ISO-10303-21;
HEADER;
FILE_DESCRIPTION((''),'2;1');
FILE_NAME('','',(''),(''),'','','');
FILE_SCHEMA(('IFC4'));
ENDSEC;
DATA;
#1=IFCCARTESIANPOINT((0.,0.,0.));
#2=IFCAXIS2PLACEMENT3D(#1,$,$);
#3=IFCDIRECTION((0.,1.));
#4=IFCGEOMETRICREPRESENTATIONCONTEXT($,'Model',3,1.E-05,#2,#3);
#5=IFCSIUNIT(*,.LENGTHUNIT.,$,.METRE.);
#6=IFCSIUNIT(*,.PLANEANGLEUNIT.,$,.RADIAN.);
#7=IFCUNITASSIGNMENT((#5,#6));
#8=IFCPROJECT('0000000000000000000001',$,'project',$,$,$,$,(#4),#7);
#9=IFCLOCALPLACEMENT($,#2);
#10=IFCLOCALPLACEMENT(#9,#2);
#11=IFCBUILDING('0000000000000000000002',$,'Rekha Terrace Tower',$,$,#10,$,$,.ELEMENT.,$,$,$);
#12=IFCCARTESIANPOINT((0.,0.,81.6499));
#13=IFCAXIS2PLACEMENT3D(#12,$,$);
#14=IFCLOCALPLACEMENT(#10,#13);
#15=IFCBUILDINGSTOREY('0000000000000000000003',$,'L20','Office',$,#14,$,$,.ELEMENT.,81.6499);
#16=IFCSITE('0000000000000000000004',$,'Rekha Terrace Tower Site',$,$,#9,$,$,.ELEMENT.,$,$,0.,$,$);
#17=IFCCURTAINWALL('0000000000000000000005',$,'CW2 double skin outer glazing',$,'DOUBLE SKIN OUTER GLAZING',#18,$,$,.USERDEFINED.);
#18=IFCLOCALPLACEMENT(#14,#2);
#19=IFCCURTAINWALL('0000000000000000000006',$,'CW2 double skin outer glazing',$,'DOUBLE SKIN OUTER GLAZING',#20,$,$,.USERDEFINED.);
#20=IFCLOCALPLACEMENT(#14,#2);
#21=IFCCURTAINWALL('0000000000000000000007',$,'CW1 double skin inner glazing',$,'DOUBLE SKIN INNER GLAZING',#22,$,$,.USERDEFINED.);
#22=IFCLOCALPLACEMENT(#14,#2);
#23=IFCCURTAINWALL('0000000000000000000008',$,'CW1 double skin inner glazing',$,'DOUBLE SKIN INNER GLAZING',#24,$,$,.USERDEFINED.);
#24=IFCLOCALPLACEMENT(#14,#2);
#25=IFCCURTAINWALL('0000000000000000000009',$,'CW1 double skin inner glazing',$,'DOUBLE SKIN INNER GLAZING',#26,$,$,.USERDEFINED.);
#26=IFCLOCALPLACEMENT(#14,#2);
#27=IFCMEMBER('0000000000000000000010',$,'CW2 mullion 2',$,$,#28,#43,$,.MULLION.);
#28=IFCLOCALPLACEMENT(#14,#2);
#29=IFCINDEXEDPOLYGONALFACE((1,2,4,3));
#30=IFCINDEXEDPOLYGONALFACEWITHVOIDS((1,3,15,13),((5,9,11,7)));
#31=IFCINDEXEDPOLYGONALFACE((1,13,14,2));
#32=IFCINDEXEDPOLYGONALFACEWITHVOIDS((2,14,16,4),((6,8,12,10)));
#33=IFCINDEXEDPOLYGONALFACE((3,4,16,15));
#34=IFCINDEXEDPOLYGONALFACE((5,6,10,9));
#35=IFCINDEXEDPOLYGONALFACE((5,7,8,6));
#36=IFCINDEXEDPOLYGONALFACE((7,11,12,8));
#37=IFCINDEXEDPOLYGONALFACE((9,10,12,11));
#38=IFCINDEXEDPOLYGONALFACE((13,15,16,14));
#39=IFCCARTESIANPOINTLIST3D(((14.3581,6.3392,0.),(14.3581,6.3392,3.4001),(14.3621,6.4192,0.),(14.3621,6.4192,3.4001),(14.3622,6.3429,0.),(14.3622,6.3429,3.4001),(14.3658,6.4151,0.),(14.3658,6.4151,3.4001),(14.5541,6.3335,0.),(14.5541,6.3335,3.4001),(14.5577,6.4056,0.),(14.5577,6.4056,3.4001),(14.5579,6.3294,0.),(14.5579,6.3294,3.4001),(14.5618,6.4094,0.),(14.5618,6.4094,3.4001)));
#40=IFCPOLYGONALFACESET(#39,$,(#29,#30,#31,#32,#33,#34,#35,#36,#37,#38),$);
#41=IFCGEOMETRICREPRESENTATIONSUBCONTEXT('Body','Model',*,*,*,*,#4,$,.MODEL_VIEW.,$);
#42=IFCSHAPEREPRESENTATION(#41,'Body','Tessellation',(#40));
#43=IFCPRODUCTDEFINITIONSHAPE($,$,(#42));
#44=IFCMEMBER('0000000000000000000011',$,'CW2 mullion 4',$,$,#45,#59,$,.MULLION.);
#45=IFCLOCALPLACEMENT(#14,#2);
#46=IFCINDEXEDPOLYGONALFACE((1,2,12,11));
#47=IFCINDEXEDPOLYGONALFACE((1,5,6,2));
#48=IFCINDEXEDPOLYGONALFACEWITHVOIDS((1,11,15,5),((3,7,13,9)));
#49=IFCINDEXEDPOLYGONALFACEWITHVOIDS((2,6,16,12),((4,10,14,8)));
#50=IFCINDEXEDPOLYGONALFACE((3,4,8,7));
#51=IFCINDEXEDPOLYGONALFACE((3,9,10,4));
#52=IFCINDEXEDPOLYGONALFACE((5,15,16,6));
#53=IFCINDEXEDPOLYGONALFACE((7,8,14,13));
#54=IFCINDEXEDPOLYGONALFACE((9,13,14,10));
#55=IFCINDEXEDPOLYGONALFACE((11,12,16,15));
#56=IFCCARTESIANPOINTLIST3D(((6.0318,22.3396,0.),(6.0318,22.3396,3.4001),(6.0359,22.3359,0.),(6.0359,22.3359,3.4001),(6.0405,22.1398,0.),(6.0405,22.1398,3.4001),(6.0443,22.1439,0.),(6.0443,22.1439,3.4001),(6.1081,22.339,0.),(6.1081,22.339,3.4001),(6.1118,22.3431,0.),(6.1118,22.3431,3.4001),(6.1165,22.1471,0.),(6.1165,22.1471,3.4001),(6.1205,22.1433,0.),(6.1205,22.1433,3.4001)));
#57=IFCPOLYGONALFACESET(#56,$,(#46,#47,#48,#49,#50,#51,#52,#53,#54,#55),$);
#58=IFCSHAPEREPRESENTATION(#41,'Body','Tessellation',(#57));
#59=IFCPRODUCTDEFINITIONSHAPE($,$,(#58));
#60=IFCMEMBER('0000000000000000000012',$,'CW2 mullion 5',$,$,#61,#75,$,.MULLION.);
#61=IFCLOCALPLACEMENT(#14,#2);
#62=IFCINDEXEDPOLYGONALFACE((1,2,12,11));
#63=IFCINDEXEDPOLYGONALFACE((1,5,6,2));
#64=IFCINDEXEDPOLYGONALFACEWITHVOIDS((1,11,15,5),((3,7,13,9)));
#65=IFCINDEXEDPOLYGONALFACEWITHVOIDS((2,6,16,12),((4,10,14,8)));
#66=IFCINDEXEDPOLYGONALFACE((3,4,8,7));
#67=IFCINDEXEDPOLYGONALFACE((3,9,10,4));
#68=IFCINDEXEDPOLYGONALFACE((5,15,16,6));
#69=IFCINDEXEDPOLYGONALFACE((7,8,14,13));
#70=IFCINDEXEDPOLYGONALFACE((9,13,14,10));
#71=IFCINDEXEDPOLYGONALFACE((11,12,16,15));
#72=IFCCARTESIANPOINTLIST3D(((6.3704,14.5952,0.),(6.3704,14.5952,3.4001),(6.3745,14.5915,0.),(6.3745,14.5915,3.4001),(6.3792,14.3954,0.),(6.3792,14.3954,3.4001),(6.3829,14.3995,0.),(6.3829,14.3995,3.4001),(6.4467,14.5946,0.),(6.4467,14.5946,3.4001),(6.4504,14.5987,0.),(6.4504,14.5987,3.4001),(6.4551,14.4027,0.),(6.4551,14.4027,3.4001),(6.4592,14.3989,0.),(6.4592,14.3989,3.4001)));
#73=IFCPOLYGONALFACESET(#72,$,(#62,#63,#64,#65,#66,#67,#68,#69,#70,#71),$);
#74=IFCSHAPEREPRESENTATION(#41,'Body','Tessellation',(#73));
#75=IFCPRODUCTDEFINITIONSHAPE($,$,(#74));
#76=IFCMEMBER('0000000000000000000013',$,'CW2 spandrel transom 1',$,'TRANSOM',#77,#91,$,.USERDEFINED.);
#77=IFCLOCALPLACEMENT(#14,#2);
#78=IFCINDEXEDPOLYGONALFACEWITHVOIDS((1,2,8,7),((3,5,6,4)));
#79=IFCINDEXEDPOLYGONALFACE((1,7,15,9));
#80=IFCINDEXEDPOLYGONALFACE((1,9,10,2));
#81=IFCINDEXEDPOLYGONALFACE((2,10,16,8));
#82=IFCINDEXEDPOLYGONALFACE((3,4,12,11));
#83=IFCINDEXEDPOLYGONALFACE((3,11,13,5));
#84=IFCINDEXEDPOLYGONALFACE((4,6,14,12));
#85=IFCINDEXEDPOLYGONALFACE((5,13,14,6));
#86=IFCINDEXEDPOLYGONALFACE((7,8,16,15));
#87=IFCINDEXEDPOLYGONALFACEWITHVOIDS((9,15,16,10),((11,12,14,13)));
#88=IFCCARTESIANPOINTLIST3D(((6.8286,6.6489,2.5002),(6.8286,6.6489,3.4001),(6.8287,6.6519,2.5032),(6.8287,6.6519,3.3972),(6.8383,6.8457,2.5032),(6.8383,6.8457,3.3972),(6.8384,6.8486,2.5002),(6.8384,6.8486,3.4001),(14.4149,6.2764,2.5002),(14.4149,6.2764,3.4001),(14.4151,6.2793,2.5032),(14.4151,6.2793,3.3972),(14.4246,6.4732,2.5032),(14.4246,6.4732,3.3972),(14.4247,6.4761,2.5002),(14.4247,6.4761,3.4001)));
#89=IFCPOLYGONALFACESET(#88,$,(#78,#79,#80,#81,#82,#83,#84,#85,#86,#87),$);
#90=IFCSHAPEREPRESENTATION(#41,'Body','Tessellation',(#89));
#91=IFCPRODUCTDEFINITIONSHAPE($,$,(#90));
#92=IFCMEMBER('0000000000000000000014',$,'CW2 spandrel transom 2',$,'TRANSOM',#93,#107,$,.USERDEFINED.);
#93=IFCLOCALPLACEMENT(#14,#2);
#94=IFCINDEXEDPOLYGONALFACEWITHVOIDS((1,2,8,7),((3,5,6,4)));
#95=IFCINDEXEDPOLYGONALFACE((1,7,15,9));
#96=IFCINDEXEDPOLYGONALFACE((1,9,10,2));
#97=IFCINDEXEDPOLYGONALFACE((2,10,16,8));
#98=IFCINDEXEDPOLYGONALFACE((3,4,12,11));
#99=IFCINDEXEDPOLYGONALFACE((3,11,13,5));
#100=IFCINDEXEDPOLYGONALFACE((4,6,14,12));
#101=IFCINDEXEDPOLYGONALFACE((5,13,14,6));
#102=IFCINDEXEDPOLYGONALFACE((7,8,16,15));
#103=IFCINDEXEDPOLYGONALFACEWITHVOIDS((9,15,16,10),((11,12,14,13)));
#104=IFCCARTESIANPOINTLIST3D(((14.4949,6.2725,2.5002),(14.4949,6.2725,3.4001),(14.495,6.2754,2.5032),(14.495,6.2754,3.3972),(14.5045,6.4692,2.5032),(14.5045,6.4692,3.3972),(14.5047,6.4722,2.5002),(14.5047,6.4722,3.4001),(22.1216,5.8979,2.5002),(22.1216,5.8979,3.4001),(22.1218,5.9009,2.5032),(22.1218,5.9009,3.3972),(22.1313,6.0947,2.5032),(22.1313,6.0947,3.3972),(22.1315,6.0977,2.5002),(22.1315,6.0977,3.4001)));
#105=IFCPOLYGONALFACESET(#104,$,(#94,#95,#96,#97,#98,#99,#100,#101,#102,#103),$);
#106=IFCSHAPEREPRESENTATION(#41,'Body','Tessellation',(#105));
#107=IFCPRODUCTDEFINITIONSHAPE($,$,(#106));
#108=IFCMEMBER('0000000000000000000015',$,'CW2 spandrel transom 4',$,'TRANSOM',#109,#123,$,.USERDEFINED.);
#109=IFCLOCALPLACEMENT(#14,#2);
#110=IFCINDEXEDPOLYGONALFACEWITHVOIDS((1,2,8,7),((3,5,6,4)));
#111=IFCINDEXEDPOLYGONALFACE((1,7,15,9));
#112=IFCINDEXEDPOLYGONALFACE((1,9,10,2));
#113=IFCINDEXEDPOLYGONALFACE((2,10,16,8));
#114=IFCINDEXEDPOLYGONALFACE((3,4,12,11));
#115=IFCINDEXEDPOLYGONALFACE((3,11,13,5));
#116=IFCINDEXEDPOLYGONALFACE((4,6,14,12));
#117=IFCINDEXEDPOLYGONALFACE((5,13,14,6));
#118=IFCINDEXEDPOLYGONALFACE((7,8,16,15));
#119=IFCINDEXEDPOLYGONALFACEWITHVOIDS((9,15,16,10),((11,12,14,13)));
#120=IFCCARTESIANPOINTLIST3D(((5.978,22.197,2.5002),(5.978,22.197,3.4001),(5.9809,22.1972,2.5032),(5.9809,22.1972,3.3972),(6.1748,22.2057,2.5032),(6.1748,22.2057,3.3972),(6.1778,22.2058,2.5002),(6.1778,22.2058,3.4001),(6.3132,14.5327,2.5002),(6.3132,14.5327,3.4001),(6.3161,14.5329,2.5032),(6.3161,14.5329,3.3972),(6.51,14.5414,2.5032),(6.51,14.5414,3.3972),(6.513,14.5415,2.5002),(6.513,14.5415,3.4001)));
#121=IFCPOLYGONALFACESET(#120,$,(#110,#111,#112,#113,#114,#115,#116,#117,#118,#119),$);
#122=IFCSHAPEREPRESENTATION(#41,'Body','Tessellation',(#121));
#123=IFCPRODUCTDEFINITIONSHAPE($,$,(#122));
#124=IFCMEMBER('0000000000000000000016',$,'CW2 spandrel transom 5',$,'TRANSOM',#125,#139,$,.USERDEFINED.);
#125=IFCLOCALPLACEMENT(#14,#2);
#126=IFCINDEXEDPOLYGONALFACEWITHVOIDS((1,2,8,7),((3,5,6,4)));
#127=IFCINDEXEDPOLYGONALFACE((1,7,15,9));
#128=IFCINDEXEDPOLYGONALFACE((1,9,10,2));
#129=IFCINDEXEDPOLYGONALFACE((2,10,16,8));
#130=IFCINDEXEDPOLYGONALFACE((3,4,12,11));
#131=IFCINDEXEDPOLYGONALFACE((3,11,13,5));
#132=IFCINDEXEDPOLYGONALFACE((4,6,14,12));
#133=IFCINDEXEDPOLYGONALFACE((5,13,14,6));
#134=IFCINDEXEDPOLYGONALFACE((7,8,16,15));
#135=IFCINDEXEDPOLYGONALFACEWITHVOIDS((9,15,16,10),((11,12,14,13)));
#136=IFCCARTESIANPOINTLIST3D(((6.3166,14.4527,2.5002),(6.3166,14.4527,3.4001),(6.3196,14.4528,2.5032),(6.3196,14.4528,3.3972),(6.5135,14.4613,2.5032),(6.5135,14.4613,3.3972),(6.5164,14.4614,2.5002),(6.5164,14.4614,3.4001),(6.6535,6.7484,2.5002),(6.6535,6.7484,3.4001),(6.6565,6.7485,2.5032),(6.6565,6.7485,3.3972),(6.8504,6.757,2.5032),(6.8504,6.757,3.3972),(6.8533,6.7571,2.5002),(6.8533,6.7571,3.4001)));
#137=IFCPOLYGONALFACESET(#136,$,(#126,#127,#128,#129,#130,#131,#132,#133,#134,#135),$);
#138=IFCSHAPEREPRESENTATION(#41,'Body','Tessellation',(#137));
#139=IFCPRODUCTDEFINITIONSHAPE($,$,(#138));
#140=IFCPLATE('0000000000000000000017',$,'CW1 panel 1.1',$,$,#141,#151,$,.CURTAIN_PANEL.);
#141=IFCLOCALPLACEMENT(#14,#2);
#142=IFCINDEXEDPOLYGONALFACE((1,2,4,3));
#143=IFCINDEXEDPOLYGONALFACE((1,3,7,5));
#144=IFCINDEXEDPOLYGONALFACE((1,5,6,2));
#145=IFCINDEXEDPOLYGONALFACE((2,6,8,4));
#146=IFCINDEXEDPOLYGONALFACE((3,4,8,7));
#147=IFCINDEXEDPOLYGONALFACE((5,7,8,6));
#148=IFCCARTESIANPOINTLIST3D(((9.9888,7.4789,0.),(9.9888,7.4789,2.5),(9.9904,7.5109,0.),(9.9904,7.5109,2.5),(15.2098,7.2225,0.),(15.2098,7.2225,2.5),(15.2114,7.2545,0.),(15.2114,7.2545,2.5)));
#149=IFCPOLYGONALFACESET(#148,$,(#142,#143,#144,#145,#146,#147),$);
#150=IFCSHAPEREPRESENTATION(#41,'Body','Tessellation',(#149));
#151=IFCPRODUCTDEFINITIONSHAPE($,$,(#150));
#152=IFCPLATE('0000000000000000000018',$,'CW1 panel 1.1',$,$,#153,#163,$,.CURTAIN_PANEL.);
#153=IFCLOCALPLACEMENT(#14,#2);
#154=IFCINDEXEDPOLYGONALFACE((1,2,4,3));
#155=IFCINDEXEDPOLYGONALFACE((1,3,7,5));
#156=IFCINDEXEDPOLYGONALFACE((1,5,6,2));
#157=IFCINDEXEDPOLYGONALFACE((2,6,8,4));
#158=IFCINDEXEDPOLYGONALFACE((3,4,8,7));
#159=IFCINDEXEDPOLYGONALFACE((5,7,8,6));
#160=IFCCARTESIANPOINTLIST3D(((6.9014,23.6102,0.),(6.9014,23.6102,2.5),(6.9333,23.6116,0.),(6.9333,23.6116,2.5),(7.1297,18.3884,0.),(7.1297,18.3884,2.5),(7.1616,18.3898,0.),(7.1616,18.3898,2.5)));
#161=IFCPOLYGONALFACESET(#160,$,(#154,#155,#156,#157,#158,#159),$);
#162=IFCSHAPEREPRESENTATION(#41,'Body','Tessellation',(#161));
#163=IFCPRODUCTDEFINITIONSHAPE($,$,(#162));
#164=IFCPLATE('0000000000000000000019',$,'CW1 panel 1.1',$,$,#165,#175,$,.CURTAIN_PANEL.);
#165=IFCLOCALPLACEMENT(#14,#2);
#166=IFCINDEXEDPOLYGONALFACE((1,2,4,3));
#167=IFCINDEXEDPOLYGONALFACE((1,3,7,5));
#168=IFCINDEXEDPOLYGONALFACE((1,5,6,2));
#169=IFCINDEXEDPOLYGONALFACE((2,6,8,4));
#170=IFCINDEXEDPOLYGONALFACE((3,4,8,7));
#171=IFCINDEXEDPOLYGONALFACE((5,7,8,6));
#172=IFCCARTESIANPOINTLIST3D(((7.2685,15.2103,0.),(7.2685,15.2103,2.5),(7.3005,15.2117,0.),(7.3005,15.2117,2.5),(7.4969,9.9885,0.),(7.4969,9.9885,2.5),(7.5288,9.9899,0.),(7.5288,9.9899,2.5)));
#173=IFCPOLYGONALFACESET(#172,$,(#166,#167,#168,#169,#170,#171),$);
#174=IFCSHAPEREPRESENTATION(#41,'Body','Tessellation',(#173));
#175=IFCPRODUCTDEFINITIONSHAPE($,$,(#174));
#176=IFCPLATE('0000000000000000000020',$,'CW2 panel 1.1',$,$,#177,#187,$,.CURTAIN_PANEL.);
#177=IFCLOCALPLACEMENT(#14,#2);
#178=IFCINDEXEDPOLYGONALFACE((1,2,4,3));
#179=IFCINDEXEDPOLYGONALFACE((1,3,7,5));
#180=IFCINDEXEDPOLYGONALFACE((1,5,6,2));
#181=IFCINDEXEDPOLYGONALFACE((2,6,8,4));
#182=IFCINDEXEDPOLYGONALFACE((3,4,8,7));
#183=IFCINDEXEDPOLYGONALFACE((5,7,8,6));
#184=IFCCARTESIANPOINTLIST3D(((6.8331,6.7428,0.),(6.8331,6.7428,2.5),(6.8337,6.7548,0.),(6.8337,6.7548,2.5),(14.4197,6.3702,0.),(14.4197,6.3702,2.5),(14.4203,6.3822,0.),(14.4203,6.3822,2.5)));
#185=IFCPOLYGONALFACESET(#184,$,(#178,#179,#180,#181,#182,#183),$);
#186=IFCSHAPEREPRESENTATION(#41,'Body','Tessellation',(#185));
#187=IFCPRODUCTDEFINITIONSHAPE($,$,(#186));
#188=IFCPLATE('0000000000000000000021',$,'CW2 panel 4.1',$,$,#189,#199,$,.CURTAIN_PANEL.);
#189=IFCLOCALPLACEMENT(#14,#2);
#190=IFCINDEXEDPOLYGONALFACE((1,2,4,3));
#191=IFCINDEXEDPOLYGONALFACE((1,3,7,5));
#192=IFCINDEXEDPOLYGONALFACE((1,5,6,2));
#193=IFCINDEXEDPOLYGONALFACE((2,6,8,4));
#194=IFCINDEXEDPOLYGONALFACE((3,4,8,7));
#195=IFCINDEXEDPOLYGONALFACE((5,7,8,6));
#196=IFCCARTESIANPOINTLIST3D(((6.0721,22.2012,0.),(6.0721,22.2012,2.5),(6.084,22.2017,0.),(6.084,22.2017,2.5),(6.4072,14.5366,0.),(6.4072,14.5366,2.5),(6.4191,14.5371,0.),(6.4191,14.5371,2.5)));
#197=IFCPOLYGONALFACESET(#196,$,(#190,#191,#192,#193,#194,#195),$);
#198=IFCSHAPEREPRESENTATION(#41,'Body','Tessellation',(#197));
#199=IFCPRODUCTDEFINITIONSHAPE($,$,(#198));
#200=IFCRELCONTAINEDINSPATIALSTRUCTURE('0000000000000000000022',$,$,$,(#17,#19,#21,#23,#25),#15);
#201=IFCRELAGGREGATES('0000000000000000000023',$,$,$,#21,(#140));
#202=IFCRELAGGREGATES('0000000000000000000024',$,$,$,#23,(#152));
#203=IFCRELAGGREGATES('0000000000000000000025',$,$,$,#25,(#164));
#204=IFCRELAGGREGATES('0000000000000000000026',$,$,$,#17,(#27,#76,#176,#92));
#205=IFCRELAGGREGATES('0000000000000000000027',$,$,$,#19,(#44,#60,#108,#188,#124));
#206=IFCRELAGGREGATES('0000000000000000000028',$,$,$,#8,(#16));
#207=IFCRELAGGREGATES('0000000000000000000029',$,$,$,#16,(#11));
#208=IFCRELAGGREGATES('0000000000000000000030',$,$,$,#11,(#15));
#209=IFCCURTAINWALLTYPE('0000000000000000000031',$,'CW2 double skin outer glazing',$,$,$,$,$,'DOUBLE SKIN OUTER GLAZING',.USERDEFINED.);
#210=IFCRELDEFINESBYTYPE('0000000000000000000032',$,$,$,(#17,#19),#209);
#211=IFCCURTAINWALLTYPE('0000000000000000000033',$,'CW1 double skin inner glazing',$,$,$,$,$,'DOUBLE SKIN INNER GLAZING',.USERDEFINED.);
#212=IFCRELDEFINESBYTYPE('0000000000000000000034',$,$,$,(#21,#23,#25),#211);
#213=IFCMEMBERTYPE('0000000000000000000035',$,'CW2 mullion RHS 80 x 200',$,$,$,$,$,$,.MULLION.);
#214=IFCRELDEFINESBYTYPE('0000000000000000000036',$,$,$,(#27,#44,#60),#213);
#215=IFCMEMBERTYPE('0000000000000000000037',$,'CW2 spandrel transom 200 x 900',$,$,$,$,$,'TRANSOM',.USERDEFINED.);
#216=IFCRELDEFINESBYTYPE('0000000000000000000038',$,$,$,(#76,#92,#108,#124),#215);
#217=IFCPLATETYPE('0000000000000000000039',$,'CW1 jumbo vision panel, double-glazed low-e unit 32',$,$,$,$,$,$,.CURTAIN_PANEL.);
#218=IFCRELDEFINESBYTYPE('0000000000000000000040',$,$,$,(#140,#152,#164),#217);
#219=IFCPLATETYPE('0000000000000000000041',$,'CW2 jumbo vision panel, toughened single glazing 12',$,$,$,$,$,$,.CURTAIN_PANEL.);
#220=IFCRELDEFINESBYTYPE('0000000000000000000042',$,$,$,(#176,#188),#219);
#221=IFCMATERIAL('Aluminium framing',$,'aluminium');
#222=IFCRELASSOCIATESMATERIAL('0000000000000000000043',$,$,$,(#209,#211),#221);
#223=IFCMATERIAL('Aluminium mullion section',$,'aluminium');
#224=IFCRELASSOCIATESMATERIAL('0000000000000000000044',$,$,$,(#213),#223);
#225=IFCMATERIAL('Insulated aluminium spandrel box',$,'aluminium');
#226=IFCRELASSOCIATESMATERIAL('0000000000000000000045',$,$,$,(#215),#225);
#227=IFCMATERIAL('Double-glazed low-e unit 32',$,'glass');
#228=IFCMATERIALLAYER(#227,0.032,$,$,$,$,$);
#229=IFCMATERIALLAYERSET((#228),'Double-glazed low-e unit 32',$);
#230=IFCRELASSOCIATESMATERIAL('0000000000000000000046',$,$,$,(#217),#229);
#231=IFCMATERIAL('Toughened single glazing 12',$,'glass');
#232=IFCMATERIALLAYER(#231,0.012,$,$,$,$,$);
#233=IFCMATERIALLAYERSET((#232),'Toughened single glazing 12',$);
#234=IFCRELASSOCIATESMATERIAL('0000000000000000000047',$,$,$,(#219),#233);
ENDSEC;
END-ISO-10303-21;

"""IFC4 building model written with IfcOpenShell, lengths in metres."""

from ifc_helpers import new_model, si_unit, direction, frame, origin, origin_2d, place, context, subcontext, project, spatial, rectangle, hollow_rectangle, extrude, material, layer, layer_set, material_profile, profile_set, type_object, element, aggregate, save


model = new_model("IFC4")

# Units and contexts
model_context = context("Model", 3, precision=1e-05, world=origin(), true_north=direction((0.0, 1.0)))
body_context = subcontext(model_context, "Body", "Model", "MODEL_VIEW")
ifc_project = project(units=[si_unit("LENGTHUNIT", "METRE"), si_unit("PLANEANGLEUNIT", "RADIAN")], contexts=[model_context])

# Site, building, storey
site_placement = place(None, origin())
site = spatial("IfcSite", under=ifc_project, at=site_placement, Name="Rekha Terrace Tower Site", CompositionType="ELEMENT", RefElevation=0.0)
building_placement = place(site_placement, origin())
building = spatial("IfcBuilding", under=site, at=building_placement, Name="Rekha Terrace Tower", CompositionType="ELEMENT")
storey_placement = place(building_placement, frame((0.0, 0.0, 81.6499)))
storey = spatial("IfcBuildingStorey", under=building, at=storey_placement, Name="L20", Description="Office", CompositionType="ELEMENT", Elevation=81.6499)

# Curtain walls
ifc_material_1 = material(Name="Aluminium framing", Category="aluminium")
curtain_wall_type_1 = type_object("IfcCurtainWallType", Name="CW2 double skin outer glazing", ElementType="DOUBLE SKIN OUTER GLAZING", PredefinedType="USERDEFINED", material=ifc_material_1)
curtain_wall_1_placement = place(storey_placement, origin())
curtain_wall_1 = element("IfcCurtainWall", 1, at=curtain_wall_1_placement, inside=storey, type_object=curtain_wall_type_1, Name="CW2 double skin outer glazing", ObjectType="DOUBLE SKIN OUTER GLAZING", PredefinedType="USERDEFINED")
curtain_wall_2_placement = place(storey_placement, origin())
curtain_wall_2 = element("IfcCurtainWall", 2, at=curtain_wall_2_placement, inside=storey, type_object=curtain_wall_type_1, Name="CW2 double skin outer glazing", ObjectType="DOUBLE SKIN OUTER GLAZING", PredefinedType="USERDEFINED")
curtain_wall_type_2 = type_object("IfcCurtainWallType", Name="CW1 double skin inner glazing", ElementType="DOUBLE SKIN INNER GLAZING", PredefinedType="USERDEFINED", material=ifc_material_1)
curtain_wall_3_placement = place(storey_placement, origin())
curtain_wall_3 = element("IfcCurtainWall", 3, at=curtain_wall_3_placement, inside=storey, type_object=curtain_wall_type_2, Name="CW1 double skin inner glazing", ObjectType="DOUBLE SKIN INNER GLAZING", PredefinedType="USERDEFINED")
ifc_material_2 = material(Name="Aluminium mullion section", Category="aluminium")
curtain_wall_4_placement = place(storey_placement, origin())
curtain_wall_4 = element("IfcCurtainWall", 4, at=curtain_wall_4_placement, inside=storey, type_object=curtain_wall_type_2, Name="CW1 double skin inner glazing", ObjectType="DOUBLE SKIN INNER GLAZING", PredefinedType="USERDEFINED")

# Curtain wall
curtain_wall_5_placement = place(storey_placement, origin())
curtain_wall_5 = element("IfcCurtainWall", 5, at=curtain_wall_5_placement, inside=storey, type_object=curtain_wall_type_2, Name="CW1 double skin inner glazing", ObjectType="DOUBLE SKIN INNER GLAZING", PredefinedType="USERDEFINED")

# Members
ifc_material_3 = material(Name="Insulated aluminium spandrel box", Category="aluminium")
ifc_material_profile_1 = material_profile(ifc_material_2, hollow_rectangle(XDim=0.0801, YDim=0.2, WallThickness=0.0039, at=origin_2d()), Name="AL RHS 80x200")
ifc_profile_set_1 = profile_set([ifc_material_profile_1], Name="Aluminium mullion section")
member_type_1 = type_object("IfcMemberType", Name="CW2 mullion RHS 80 x 200", PredefinedType="MULLION", material=ifc_profile_set_1)
member_1_placement = place(storey_placement, frame((14.46, 6.3743, 0.0), z_axis=(0.0, 0.0, 1.0), x_axis=(0.049052, 0.998796, 0.0)))
member_1 = element("IfcMember", 6, at=member_1_placement, type_object=member_type_1, Name="CW2 mullion 2", PredefinedType="MULLION", context=body_context, shape_type="SweptSolid", body=[
    extrude(hollow_rectangle(XDim=0.0801, YDim=0.2, WallThickness=0.0039, at=origin_2d()), origin(), (0.0, 0.0, 1.0), 3.4001),
])
member_2_placement = place(storey_placement, frame((6.0762, 22.2415, 0.0), z_axis=(0.0, 0.0, 1.0), x_axis=(0.999045, 0.043683, 0.0)))
member_2 = element("IfcMember", 7, at=member_2_placement, type_object=member_type_1, Name="CW2 mullion 4", PredefinedType="MULLION", context=body_context, shape_type="SweptSolid", body=[
    extrude(hollow_rectangle(XDim=0.0801, YDim=0.2, WallThickness=0.0039, at=origin_2d()), origin(), (0.0, 0.0, 1.0), 3.4001),
])
member_3_placement = place(storey_placement, frame((6.4148, 14.4971, 0.0), z_axis=(0.0, 0.0, 1.0), x_axis=(0.999045, 0.043683, 0.0)))
member_3 = element("IfcMember", 8, at=member_3_placement, type_object=member_type_1, Name="CW2 mullion 5", PredefinedType="MULLION", context=body_context, shape_type="SweptSolid", body=[
    extrude(hollow_rectangle(XDim=0.0801, YDim=0.2, WallThickness=0.0039, at=origin_2d()), origin(), (0.0, 0.0, 1.0), 3.4001),
])
ifc_material_profile_2 = material_profile(ifc_material_3, hollow_rectangle(XDim=0.2, YDim=0.8999, WallThickness=0.0029, at=origin_2d()), Name="AL SPANDREL BOX 200x900")
ifc_profile_set_2 = profile_set([ifc_material_profile_2], Name="Insulated aluminium spandrel box")
member_type_2 = type_object("IfcMemberType", Name="CW2 spandrel transom 200 x 900", ElementType="TRANSOM", PredefinedType="USERDEFINED", material=ifc_profile_set_2)
member_4_placement = place(storey_placement, frame((6.8335, 6.7488, 2.9502), z_axis=(0.998796, -0.049049, 0.0), x_axis=(0.049049, 0.998796, 0.0)))
member_4 = element("IfcMember", 9, at=member_4_placement, type_object=member_type_2, Name="CW2 spandrel transom 1", ObjectType="TRANSOM", PredefinedType="USERDEFINED", context=body_context, shape_type="SweptSolid", body=[
    extrude(hollow_rectangle(XDim=0.2, YDim=0.8999, WallThickness=0.0029, at=origin_2d()), origin(), (0.0, 0.0, 1.0), 7.5955),
])
member_5_placement = place(storey_placement, frame((14.4998, 6.3723, 2.9502), z_axis=(0.998797, -0.049046, 0.0), x_axis=(0.049046, 0.998797, 0.0)))
member_5 = element("IfcMember", 10, at=member_5_placement, type_object=member_type_2, Name="CW2 spandrel transom 2", ObjectType="TRANSOM", PredefinedType="USERDEFINED", context=body_context, shape_type="SweptSolid", body=[
    extrude(hollow_rectangle(XDim=0.2, YDim=0.8999, WallThickness=0.0029, at=origin_2d()), origin(), (0.0, 0.0, 1.0), 7.636),
])
member_6_placement = place(storey_placement, frame((6.0779, 22.2014, 2.9502), z_axis=(0.043694, -0.999045, 0.0), x_axis=(0.999045, 0.043694, 0.0)))
member_6 = element("IfcMember", 11, at=member_6_placement, type_object=member_type_2, Name="CW2 spandrel transom 4", ObjectType="TRANSOM", PredefinedType="USERDEFINED", context=body_context, shape_type="SweptSolid", body=[
    extrude(hollow_rectangle(XDim=0.2, YDim=0.8999, WallThickness=0.0029, at=origin_2d()), origin(), (0.0, 0.0, 1.0), 7.6716),
])
member_7_placement = place(storey_placement, frame((6.4165, 14.457, 2.9502), z_axis=(0.043689, -0.999045, 0.0), x_axis=(0.999045, 0.043689, 0.0)))
member_7 = element("IfcMember", 12, at=member_7_placement, type_object=member_type_2, Name="CW2 spandrel transom 5", ObjectType="TRANSOM", PredefinedType="USERDEFINED", context=body_context, shape_type="SweptSolid", body=[
    extrude(hollow_rectangle(XDim=0.2, YDim=0.8999, WallThickness=0.0029, at=origin_2d()), origin(), (0.0, 0.0, 1.0), 7.7117),
])

# Plates
ifc_material_4 = material(Name="Double-glazed low-e unit 32", Category="glass")
ifc_layer_1 = layer(ifc_material_4, 0.032)
ifc_layer_set_1 = layer_set([ifc_layer_1], Name="Double-glazed low-e unit 32")
plate_type_1 = type_object("IfcPlateType", Name="CW1 jumbo vision panel, double-glazed low-e unit 32", PredefinedType="CURTAIN_PANEL", material=ifc_layer_set_1)
plate_1_placement = place(storey_placement, frame((12.6001, 7.3667, 0.0), z_axis=(0.0, 0.0, 1.0), x_axis=(0.998796, -0.049052, 0.0)))
plate_1 = element("IfcPlate", 13, at=plate_1_placement, type_object=plate_type_1, Name="CW1 panel 1.1", PredefinedType="CURTAIN_PANEL", context=body_context, shape_type="SweptSolid", body=[
    extrude(rectangle(XDim=5.2273, YDim=0.032, at=origin_2d()), origin(), (0.0, 0.0, 1.0), 2.5),
])
aggregate(curtain_wall_3, [plate_1])
plate_2_placement = place(storey_placement, frame((7.0315, 21.0, 0.0), z_axis=(0.0, 0.0, 1.0), x_axis=(0.043683, -0.999045, 0.0)))
plate_2 = element("IfcPlate", 14, at=plate_2_placement, type_object=plate_type_1, Name="CW1 panel 1.1", PredefinedType="CURTAIN_PANEL", context=body_context, shape_type="SweptSolid", body=[
    extrude(rectangle(XDim=5.2268, YDim=0.032, at=origin_2d()), origin(), (0.0, 0.0, 1.0), 2.5),
])
aggregate(curtain_wall_4, [plate_2])
plate_3_placement = place(storey_placement, frame((7.3987, 12.6001, 0.0), z_axis=(0.0, 0.0, 1.0), x_axis=(0.043683, -0.999045, 0.0)))
plate_3 = element("IfcPlate", 15, at=plate_3_placement, type_object=plate_type_1, Name="CW1 panel 1.1", PredefinedType="CURTAIN_PANEL", context=body_context, shape_type="SweptSolid", body=[
    extrude(rectangle(XDim=5.2268, YDim=0.032, at=origin_2d()), origin(), (0.0, 0.0, 1.0), 2.5),
])
aggregate(curtain_wall_5, [plate_3])
ifc_material_5 = material(Name="Toughened single glazing 12", Category="glass")
ifc_layer_2 = layer(ifc_material_5, 0.012)
ifc_layer_set_2 = layer_set([ifc_layer_2], Name="Toughened single glazing 12")
plate_type_2 = type_object("IfcPlateType", Name="CW2 jumbo vision panel, toughened single glazing 12", PredefinedType="CURTAIN_PANEL", material=ifc_layer_set_2)
plate_4_placement = place(storey_placement, frame((10.6267, 6.5625, 0.0), z_axis=(0.0, 0.0, 1.0), x_axis=(0.998796, -0.049052, 0.0)))
plate_4 = element("IfcPlate", 16, at=plate_4_placement, type_object=plate_type_2, Name="CW2 panel 1.1", PredefinedType="CURTAIN_PANEL", context=body_context, shape_type="SweptSolid", body=[
    extrude(rectangle(XDim=7.5957, YDim=0.012, at=origin_2d()), origin(), (0.0, 0.0, 1.0), 2.5),
])
aggregate(curtain_wall_1, [member_1, member_4, plate_4, member_5])
plate_5_placement = place(storey_placement, frame((6.2456, 18.3691, 0.0), z_axis=(0.0, 0.0, 1.0), x_axis=(0.043683, -0.999045, 0.0)))
plate_5 = element("IfcPlate", 17, at=plate_5_placement, type_object=plate_type_2, Name="CW2 panel 4.1", PredefinedType="CURTAIN_PANEL", context=body_context, shape_type="SweptSolid", body=[
    extrude(rectangle(XDim=7.6719, YDim=0.012, at=origin_2d()), origin(), (0.0, 0.0, 1.0), 2.5),
])
aggregate(curtain_wall_2, [member_2, member_3, member_6, plate_5, member_7])

save(model, "model.ifc")
